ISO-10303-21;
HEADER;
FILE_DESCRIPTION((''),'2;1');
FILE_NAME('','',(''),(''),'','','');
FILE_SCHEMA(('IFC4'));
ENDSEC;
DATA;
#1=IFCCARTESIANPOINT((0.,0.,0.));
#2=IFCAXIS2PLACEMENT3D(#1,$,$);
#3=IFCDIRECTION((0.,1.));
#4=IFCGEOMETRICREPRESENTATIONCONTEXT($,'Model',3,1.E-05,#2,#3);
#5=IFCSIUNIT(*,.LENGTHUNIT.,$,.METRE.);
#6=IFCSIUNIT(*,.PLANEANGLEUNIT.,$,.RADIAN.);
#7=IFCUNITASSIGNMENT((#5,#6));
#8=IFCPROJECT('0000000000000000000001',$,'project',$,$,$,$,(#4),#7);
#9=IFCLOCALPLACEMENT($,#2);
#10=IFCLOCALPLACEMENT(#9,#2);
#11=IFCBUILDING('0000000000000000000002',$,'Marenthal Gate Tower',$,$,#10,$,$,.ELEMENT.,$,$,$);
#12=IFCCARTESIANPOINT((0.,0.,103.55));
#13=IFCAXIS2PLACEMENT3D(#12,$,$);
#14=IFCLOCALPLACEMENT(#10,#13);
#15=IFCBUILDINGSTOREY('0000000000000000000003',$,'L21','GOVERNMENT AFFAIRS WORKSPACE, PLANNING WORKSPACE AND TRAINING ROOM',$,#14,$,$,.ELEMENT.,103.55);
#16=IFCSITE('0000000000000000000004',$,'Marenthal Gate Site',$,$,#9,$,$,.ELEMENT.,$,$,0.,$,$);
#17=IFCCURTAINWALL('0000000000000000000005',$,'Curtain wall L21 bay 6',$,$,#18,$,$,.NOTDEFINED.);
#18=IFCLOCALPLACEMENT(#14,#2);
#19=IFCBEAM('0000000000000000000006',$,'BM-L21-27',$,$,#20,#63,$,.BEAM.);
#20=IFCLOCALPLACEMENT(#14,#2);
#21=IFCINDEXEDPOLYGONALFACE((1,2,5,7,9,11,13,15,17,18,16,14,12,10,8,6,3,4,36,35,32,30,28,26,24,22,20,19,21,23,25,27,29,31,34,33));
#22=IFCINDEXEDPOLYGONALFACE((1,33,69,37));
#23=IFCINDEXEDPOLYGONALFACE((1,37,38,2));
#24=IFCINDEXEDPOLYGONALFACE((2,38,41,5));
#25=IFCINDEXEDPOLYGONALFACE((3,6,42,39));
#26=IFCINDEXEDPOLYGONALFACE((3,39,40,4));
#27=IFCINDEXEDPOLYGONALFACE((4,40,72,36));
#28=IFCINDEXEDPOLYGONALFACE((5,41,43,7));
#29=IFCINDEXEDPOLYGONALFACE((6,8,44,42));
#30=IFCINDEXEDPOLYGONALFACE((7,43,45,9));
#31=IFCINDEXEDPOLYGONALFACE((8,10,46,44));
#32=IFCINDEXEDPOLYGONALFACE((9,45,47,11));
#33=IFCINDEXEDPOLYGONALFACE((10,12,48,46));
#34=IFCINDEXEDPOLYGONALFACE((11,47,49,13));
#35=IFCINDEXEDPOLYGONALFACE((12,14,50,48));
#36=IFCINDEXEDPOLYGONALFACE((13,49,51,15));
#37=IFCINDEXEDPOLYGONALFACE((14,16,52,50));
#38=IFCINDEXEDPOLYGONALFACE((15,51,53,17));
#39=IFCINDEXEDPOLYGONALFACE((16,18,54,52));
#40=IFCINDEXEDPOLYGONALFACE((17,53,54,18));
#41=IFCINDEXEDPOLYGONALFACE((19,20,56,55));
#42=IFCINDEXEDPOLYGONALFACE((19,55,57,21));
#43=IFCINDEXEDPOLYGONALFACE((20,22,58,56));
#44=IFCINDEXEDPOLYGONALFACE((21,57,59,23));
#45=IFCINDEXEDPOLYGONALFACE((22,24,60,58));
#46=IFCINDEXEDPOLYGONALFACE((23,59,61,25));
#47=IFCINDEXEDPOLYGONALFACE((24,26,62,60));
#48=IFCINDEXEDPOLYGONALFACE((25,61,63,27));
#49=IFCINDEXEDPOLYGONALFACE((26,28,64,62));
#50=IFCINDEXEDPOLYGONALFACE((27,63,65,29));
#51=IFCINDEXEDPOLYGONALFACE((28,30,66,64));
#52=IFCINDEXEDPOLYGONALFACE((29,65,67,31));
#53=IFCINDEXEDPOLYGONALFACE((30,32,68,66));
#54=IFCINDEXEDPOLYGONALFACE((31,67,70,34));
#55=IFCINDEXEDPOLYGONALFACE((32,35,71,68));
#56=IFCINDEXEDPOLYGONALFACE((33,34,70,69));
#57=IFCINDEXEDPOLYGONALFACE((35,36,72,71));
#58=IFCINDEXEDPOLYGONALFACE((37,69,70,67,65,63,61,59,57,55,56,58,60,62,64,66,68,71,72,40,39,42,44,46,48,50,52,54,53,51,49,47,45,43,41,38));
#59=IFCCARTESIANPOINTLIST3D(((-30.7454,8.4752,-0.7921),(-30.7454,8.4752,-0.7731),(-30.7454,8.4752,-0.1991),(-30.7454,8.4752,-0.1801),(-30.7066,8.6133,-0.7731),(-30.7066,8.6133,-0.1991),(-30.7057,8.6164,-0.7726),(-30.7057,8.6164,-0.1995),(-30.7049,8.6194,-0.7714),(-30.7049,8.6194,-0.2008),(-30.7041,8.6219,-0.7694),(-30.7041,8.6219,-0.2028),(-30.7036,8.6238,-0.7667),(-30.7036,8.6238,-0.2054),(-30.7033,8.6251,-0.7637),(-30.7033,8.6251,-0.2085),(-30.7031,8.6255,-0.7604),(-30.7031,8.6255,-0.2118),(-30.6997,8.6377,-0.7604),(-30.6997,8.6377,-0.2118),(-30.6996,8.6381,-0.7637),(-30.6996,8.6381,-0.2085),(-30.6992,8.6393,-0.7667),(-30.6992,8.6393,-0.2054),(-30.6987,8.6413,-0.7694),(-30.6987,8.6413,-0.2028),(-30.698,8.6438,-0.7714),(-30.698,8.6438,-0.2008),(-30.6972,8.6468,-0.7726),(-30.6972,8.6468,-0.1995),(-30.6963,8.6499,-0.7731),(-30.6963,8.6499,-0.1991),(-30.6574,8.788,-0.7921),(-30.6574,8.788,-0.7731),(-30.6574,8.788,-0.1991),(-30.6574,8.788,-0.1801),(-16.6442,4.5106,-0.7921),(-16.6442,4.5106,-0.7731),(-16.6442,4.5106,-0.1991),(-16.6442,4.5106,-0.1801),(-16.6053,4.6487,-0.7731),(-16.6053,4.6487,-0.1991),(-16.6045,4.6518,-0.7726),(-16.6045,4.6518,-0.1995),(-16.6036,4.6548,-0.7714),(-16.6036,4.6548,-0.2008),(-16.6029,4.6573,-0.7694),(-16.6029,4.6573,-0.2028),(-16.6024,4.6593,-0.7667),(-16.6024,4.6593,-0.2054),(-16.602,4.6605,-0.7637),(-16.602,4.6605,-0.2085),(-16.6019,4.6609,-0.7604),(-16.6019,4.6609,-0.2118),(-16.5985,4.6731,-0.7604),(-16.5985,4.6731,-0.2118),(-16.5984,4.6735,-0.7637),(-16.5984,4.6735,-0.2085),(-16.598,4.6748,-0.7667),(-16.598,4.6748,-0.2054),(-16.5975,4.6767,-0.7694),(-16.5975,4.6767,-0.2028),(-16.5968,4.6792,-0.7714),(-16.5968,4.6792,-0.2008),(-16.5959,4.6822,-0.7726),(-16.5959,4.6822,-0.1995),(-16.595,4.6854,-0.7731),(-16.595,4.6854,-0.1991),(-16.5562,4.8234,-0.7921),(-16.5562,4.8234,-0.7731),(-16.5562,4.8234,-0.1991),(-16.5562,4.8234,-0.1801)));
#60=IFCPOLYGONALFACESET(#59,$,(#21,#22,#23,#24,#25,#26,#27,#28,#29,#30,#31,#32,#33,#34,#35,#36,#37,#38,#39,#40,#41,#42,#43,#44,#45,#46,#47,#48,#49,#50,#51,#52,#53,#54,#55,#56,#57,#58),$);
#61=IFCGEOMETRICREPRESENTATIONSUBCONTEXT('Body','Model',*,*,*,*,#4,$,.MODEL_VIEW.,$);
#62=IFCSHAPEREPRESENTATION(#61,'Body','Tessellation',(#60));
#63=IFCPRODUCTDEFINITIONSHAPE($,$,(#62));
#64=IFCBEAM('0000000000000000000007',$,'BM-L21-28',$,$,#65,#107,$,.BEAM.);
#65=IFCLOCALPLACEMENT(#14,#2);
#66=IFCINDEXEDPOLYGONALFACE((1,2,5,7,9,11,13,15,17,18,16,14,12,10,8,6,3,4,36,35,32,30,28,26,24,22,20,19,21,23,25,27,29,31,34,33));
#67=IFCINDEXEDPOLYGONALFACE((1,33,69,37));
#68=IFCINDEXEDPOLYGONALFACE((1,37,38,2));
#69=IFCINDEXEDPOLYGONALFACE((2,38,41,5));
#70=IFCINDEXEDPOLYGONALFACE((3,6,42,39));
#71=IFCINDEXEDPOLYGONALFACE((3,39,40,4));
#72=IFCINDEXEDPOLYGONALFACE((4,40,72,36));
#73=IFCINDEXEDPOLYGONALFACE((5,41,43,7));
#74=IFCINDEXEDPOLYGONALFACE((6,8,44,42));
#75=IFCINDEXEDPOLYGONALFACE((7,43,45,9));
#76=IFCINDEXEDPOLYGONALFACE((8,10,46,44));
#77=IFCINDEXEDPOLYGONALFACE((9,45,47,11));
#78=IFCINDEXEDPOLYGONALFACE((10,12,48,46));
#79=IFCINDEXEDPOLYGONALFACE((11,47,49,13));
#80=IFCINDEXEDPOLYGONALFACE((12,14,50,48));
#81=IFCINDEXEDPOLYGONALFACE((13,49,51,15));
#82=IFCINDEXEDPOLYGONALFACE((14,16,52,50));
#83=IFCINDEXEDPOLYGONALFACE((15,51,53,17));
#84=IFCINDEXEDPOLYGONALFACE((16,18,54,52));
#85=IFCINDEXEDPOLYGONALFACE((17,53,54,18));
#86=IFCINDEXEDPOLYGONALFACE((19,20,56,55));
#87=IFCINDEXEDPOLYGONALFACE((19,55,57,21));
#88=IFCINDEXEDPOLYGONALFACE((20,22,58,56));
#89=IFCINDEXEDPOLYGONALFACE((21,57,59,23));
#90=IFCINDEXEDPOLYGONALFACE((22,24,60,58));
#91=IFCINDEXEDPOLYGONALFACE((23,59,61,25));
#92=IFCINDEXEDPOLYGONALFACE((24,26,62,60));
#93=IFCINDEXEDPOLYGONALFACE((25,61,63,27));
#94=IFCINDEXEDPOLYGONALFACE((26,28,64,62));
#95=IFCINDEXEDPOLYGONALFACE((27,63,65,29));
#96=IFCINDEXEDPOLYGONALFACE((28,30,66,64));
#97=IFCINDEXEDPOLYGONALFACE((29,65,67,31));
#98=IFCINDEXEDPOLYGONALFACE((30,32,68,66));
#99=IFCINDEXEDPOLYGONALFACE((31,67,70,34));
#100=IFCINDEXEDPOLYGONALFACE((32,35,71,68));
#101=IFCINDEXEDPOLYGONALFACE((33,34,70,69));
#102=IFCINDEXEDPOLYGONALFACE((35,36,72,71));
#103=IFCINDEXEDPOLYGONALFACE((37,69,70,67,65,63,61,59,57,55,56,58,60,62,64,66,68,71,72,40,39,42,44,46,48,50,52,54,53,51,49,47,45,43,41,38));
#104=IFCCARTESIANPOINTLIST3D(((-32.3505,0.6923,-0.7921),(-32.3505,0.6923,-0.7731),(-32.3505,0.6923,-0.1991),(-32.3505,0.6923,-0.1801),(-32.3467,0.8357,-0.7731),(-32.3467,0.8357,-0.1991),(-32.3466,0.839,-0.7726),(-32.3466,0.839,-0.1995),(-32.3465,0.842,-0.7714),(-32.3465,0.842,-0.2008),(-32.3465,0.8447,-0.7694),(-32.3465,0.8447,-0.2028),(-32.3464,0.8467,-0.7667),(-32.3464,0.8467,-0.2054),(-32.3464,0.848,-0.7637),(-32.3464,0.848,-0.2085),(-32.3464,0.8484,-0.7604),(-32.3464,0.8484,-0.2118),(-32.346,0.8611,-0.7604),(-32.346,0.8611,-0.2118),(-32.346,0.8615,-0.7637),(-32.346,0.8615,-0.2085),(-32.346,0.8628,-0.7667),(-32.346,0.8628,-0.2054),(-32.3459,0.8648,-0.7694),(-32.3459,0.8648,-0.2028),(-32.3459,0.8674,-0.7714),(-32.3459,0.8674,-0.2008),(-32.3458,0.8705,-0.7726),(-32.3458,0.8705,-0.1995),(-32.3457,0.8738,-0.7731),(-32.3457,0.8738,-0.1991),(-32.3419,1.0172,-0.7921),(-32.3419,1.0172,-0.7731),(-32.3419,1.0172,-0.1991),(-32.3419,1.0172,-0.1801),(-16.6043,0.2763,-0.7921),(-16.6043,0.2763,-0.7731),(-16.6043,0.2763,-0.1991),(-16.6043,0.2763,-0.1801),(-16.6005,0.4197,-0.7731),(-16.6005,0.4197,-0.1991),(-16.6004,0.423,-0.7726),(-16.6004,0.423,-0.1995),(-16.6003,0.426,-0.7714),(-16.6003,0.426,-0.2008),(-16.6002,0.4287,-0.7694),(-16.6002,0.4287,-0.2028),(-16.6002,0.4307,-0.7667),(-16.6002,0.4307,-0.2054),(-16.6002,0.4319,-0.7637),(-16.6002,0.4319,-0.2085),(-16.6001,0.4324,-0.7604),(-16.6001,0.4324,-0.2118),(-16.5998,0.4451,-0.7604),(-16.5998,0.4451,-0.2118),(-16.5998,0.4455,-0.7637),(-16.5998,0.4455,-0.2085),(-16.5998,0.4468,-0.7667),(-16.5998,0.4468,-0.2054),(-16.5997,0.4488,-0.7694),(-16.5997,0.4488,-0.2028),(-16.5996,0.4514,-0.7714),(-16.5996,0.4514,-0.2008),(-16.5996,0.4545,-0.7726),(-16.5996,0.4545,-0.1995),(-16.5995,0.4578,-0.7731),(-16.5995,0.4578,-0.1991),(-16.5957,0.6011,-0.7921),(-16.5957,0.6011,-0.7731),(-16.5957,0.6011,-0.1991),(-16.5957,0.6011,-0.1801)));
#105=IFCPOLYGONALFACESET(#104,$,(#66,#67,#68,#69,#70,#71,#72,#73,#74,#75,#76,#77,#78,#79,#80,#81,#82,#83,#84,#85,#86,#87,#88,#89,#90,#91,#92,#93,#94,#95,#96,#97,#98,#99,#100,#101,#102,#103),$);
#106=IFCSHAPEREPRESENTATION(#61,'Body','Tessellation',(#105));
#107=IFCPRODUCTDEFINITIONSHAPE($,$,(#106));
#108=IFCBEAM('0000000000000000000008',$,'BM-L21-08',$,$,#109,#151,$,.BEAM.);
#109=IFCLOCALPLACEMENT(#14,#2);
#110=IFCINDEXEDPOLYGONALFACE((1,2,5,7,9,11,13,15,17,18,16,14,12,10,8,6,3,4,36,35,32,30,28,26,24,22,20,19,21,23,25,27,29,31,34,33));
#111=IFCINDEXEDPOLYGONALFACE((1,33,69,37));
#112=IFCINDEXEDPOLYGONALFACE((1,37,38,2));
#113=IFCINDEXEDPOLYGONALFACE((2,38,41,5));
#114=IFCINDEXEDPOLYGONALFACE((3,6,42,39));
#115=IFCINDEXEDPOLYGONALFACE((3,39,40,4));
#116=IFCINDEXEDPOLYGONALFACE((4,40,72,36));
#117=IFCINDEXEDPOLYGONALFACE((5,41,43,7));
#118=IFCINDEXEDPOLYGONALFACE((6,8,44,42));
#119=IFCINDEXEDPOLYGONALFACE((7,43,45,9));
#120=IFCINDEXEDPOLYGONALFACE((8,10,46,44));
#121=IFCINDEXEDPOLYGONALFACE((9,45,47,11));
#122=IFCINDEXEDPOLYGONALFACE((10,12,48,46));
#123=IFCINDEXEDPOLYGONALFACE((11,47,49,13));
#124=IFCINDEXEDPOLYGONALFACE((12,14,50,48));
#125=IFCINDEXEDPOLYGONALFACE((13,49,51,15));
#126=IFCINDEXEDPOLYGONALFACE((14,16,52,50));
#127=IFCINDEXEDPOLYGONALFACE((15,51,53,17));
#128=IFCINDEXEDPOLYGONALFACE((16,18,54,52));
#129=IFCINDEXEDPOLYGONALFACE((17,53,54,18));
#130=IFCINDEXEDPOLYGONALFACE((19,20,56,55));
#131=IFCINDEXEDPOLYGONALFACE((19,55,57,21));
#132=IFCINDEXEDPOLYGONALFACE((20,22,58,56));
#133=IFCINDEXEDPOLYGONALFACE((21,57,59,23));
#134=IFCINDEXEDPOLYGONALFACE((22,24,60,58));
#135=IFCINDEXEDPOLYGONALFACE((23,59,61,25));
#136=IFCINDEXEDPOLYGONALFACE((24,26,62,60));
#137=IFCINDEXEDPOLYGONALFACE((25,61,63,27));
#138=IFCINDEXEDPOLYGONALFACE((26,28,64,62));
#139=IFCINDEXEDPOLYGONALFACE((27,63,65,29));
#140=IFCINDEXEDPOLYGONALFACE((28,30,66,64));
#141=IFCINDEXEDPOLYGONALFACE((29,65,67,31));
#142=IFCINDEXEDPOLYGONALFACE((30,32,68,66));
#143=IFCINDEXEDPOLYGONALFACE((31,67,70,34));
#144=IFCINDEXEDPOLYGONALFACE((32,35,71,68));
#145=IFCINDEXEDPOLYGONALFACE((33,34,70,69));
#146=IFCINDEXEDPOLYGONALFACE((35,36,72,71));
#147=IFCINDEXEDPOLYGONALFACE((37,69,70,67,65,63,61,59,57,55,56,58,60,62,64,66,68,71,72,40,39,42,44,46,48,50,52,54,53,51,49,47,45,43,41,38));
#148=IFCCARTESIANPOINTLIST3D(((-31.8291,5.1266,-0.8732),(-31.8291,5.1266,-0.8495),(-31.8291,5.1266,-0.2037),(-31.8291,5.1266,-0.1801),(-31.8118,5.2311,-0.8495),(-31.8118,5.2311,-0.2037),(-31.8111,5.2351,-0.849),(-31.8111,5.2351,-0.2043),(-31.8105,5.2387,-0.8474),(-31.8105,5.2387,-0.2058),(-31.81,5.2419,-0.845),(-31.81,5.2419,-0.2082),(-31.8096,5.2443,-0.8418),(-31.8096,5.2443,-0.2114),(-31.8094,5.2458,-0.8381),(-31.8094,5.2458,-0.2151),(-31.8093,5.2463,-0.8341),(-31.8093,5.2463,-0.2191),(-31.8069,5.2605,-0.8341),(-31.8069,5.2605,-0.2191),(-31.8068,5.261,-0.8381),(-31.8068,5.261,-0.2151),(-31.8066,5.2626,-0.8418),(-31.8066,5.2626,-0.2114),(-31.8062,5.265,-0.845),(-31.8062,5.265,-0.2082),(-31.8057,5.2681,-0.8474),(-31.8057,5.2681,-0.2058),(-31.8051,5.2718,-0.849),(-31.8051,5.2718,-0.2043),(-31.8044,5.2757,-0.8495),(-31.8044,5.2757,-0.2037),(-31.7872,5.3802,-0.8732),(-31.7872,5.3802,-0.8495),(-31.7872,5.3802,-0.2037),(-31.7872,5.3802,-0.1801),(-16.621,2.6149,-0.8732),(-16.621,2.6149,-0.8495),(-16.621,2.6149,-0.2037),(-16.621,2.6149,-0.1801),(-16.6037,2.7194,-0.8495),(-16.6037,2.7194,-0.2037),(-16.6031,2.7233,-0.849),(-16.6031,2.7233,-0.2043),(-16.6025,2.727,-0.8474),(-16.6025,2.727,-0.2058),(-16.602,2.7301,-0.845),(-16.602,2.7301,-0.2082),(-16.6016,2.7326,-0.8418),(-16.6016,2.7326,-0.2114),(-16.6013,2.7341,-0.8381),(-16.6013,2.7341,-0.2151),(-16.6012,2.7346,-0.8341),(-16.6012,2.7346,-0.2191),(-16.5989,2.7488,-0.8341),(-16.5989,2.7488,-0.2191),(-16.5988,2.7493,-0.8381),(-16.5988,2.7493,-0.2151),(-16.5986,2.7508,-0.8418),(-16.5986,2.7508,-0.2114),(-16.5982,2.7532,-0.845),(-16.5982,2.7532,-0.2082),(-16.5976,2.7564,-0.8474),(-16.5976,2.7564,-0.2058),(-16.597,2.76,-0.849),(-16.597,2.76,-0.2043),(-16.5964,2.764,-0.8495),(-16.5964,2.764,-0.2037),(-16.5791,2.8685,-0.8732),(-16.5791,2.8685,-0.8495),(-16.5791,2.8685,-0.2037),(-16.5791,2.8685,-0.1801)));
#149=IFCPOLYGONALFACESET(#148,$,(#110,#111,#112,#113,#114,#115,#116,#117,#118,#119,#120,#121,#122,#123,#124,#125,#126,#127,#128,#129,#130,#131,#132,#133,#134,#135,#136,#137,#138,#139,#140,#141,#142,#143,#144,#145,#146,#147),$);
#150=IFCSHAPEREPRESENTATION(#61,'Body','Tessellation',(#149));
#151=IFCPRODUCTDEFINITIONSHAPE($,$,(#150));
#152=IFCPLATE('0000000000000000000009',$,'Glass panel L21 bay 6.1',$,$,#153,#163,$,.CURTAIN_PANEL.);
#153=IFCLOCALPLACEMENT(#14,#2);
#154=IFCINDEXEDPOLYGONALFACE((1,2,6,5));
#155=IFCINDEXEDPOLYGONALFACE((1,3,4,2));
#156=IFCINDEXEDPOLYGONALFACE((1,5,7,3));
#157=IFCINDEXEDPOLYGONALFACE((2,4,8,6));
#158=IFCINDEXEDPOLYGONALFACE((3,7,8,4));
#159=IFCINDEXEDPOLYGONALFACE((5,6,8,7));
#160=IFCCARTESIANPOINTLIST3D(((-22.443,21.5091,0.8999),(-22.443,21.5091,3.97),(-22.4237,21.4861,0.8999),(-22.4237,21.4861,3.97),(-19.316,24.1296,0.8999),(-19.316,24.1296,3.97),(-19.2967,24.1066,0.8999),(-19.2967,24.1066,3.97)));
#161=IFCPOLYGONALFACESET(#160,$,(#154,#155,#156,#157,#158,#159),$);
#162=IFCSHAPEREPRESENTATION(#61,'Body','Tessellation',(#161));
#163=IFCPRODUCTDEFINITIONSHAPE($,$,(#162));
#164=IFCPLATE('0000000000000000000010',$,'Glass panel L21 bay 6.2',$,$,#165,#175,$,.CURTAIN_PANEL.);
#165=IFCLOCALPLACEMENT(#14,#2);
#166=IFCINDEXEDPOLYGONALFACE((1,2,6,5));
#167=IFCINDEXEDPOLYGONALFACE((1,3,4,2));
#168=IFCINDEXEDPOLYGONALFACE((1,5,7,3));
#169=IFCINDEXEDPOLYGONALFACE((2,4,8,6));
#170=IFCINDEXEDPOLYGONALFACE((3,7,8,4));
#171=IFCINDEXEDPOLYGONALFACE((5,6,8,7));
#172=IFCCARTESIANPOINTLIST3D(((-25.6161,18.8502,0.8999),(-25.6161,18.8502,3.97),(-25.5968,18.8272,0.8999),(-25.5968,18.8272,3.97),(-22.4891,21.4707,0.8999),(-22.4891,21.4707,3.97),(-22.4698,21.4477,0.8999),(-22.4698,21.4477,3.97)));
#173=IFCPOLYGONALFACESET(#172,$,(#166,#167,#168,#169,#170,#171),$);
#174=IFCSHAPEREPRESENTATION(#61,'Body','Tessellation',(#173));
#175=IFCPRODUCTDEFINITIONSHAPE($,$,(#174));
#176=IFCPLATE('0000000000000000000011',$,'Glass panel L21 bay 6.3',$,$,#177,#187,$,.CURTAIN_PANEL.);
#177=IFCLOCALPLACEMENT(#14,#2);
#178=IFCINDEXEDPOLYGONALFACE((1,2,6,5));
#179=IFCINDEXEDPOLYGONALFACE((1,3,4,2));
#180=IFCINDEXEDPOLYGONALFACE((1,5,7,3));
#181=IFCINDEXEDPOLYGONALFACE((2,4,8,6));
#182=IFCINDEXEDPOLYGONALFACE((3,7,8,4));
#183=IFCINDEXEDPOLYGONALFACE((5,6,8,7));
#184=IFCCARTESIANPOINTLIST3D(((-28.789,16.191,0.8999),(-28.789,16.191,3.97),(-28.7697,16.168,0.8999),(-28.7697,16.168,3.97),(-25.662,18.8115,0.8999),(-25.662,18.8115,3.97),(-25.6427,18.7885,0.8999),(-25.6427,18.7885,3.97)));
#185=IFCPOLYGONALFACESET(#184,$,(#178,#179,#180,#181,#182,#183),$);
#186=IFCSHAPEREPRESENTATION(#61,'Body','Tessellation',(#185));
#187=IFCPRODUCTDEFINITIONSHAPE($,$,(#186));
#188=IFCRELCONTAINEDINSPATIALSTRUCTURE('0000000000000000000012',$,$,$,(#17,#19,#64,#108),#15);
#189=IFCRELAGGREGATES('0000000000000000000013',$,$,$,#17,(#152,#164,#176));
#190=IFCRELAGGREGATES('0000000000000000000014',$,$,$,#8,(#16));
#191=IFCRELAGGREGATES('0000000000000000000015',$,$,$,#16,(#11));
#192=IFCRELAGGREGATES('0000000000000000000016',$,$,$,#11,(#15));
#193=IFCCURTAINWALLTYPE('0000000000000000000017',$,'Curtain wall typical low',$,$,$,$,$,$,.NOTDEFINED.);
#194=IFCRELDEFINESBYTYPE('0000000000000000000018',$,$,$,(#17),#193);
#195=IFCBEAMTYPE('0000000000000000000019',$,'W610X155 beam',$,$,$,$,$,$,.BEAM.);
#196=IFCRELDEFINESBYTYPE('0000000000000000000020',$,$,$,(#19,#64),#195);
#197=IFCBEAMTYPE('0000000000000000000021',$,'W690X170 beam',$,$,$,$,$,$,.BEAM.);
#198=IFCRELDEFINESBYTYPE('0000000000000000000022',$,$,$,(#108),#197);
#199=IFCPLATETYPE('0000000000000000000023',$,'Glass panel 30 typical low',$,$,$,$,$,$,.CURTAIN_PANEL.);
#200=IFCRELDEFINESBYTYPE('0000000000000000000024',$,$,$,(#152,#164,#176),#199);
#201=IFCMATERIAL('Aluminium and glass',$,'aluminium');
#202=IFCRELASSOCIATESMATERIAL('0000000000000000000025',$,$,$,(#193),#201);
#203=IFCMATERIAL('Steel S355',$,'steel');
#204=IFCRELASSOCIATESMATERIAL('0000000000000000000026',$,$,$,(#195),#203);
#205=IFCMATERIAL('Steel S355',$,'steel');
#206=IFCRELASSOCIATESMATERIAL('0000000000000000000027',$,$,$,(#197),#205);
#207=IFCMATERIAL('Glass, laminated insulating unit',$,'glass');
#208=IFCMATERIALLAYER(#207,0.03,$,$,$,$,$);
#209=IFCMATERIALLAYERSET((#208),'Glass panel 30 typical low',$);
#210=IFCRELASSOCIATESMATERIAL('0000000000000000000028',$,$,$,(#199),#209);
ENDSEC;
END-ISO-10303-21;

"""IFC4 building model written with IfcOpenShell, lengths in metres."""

from ifc_helpers import new_model, si_unit, direction, frame, origin, origin_2d, place, context, subcontext, project, spatial, rectangle, i_section, extrude, material, layer, layer_set, material_profile, profile_set, type_object, element, aggregate, save


model = new_model("IFC4")

# Units and contexts
model_context = context("Model", 3, precision=1e-05, world=origin(), true_north=direction((0.0, 1.0)))
body_context = subcontext(model_context, "Body", "Model", "MODEL_VIEW")
ifc_project = project(units=[si_unit("LENGTHUNIT", "METRE"), si_unit("PLANEANGLEUNIT", "RADIAN")], contexts=[model_context])

# Site, building, storey
site_placement = place(None, origin())
site = spatial("IfcSite", under=ifc_project, at=site_placement, Name="Marenthal Gate Site", CompositionType="ELEMENT", RefElevation=0.0)
building_placement = place(site_placement, origin())
building = spatial("IfcBuilding", under=site, at=building_placement, Name="Marenthal Gate Tower", CompositionType="ELEMENT")
storey_placement = place(building_placement, frame((0.0, 0.0, 103.55)))
storey = spatial("IfcBuildingStorey", under=building, at=storey_placement, Name="L21", Description="GOVERNMENT AFFAIRS WORKSPACE, PLANNING WORKSPACE AND TRAINING ROOM", CompositionType="ELEMENT", Elevation=103.55)

# Curtain wall
ifc_material_1 = material(Name="Aluminium and glass", Category="aluminium")
curtain_wall_type = type_object("IfcCurtainWallType", Name="Curtain wall typical low", PredefinedType="NOTDEFINED", material=ifc_material_1)
curtain_wall_1_placement = place(storey_placement, origin())
curtain_wall_1 = element("IfcCurtainWall", 1, at=curtain_wall_1_placement, inside=storey, type_object=curtain_wall_type, Name="Curtain wall L21 bay 6", PredefinedType="NOTDEFINED")

# Beams
ifc_material_2 = material(Name="Steel S355", Category="steel")
ifc_material_profile_1 = material_profile(ifc_material_2, i_section(OverallWidth=0.325, OverallDepth=0.6121, WebThickness=0.0127, FlangeThickness=0.019, FilletRadius=0.0127, at=origin_2d()), Name="W610X155")
ifc_profile_set_1 = profile_set([ifc_material_profile_1], Name="Steel S355")
beam_type_1 = type_object("IfcBeamType", Name="W610X155 beam", PredefinedType="BEAM", material=ifc_profile_set_1)
beam_1_placement = place(storey_placement, frame((-30.7014, 8.6316, -0.4861), z_axis=(0.962676, -0.270657, 0.0), x_axis=(0.270657, 0.962676, 0.0)))
element("IfcBeam", 2, at=beam_1_placement, inside=storey, type_object=beam_type_1, Name="BM-L21-27", PredefinedType="BEAM", context=body_context, shape_type="SweptSolid", body=[
    extrude(i_section(OverallWidth=0.325, OverallDepth=0.6121, WebThickness=0.0127, FlangeThickness=0.019, FilletRadius=0.0127, at=origin_2d()), origin(), (0.0, 0.0, 1.0), 14.6479),
])
beam_2_placement = place(storey_placement, frame((-32.3462, 0.8547, -0.4861), z_axis=(0.999651, -0.026411, 0.0), x_axis=(0.026411, 0.999651, 0.0)))
element("IfcBeam", 3, at=beam_2_placement, inside=storey, type_object=beam_type_1, Name="BM-L21-28", PredefinedType="BEAM", context=body_context, shape_type="SweptSolid", body=[
    extrude(i_section(OverallWidth=0.325, OverallDepth=0.6121, WebThickness=0.0127, FlangeThickness=0.019, FilletRadius=0.0127, at=origin_2d()), origin(), (0.0, 0.0, 1.0), 15.7517),
])
ifc_material_3 = material(Name="Steel S355", Category="steel")
ifc_material_profile_2 = material_profile(ifc_material_3, i_section(OverallWidth=0.2571, OverallDepth=0.6931, WebThickness=0.0144, FlangeThickness=0.0237, FilletRadius=0.0154, at=origin_2d()), Name="W690X170")
ifc_profile_set_2 = profile_set([ifc_material_profile_2], Name="Steel S355")
beam_type_2 = type_object("IfcBeamType", Name="W690X170 beam", PredefinedType="BEAM", material=ifc_profile_set_2)
beam_3_placement = place(storey_placement, frame((-31.8081, 5.2534, -0.5266), z_axis=(0.986634, -0.16295, 0.0), x_axis=(0.16295, 0.986634, 0.0)))
element("IfcBeam", 4, at=beam_3_placement, inside=storey, type_object=beam_type_2, Name="BM-L21-08", PredefinedType="BEAM", context=body_context, shape_type="SweptSolid", body=[
    extrude(i_section(OverallWidth=0.2571, OverallDepth=0.6931, WebThickness=0.0144, FlangeThickness=0.0237, FilletRadius=0.0154, at=origin_2d()), origin(), (0.0, 0.0, 1.0), 15.4141),
])

# Plates
ifc_material_4 = material(Name="Glass, laminated insulating unit", Category="glass")
ifc_layer_1 = layer(ifc_material_4, 0.03)
ifc_layer_set_1 = layer_set([ifc_layer_1], Name="Glass panel 30 typical low")
plate_type = type_object("IfcPlateType", Name="Glass panel 30 typical low", PredefinedType="CURTAIN_PANEL", material=ifc_layer_set_1)
plate_1_placement = place(storey_placement, frame((-20.8699, 22.8079, 0.8999), z_axis=(0.0, 0.0, 1.0), x_axis=(-0.766447, -0.642308, 0.0)))
plate_1 = element("IfcPlate", 5, at=plate_1_placement, type_object=plate_type, Name="Glass panel L21 bay 6.1", PredefinedType="CURTAIN_PANEL", context=body_context, shape_type="SweptSolid", body=[
    extrude(rectangle(XDim=4.0798, YDim=0.03, at=origin_2d()), origin(), (0.0, 0.0, 1.0), 3.0701),
])
plate_2_placement = place(storey_placement, frame((-24.043, 20.1489, 0.8999), z_axis=(0.0, 0.0, 1.0), x_axis=(-0.766447, -0.642308, 0.0)))
plate_2 = element("IfcPlate", 6, at=plate_2_placement, type_object=plate_type, Name="Glass panel L21 bay 6.2", PredefinedType="CURTAIN_PANEL", context=body_context, shape_type="SweptSolid", body=[
    extrude(rectangle(XDim=4.0798, YDim=0.03, at=origin_2d()), origin(), (0.0, 0.0, 1.0), 3.0701),
])
plate_3_placement = place(storey_placement, frame((-27.2158, 17.4897, 0.8999), z_axis=(0.0, 0.0, 1.0), x_axis=(-0.766447, -0.642308, 0.0)))
plate_3 = element("IfcPlate", 7, at=plate_3_placement, type_object=plate_type, Name="Glass panel L21 bay 6.3", PredefinedType="CURTAIN_PANEL", context=body_context, shape_type="SweptSolid", body=[
    extrude(rectangle(XDim=4.0798, YDim=0.03, at=origin_2d()), origin(), (0.0, 0.0, 1.0), 3.0701),
])
aggregate(curtain_wall_1, [plate_1, plate_2, plate_3])

save(model, "model.ifc")
